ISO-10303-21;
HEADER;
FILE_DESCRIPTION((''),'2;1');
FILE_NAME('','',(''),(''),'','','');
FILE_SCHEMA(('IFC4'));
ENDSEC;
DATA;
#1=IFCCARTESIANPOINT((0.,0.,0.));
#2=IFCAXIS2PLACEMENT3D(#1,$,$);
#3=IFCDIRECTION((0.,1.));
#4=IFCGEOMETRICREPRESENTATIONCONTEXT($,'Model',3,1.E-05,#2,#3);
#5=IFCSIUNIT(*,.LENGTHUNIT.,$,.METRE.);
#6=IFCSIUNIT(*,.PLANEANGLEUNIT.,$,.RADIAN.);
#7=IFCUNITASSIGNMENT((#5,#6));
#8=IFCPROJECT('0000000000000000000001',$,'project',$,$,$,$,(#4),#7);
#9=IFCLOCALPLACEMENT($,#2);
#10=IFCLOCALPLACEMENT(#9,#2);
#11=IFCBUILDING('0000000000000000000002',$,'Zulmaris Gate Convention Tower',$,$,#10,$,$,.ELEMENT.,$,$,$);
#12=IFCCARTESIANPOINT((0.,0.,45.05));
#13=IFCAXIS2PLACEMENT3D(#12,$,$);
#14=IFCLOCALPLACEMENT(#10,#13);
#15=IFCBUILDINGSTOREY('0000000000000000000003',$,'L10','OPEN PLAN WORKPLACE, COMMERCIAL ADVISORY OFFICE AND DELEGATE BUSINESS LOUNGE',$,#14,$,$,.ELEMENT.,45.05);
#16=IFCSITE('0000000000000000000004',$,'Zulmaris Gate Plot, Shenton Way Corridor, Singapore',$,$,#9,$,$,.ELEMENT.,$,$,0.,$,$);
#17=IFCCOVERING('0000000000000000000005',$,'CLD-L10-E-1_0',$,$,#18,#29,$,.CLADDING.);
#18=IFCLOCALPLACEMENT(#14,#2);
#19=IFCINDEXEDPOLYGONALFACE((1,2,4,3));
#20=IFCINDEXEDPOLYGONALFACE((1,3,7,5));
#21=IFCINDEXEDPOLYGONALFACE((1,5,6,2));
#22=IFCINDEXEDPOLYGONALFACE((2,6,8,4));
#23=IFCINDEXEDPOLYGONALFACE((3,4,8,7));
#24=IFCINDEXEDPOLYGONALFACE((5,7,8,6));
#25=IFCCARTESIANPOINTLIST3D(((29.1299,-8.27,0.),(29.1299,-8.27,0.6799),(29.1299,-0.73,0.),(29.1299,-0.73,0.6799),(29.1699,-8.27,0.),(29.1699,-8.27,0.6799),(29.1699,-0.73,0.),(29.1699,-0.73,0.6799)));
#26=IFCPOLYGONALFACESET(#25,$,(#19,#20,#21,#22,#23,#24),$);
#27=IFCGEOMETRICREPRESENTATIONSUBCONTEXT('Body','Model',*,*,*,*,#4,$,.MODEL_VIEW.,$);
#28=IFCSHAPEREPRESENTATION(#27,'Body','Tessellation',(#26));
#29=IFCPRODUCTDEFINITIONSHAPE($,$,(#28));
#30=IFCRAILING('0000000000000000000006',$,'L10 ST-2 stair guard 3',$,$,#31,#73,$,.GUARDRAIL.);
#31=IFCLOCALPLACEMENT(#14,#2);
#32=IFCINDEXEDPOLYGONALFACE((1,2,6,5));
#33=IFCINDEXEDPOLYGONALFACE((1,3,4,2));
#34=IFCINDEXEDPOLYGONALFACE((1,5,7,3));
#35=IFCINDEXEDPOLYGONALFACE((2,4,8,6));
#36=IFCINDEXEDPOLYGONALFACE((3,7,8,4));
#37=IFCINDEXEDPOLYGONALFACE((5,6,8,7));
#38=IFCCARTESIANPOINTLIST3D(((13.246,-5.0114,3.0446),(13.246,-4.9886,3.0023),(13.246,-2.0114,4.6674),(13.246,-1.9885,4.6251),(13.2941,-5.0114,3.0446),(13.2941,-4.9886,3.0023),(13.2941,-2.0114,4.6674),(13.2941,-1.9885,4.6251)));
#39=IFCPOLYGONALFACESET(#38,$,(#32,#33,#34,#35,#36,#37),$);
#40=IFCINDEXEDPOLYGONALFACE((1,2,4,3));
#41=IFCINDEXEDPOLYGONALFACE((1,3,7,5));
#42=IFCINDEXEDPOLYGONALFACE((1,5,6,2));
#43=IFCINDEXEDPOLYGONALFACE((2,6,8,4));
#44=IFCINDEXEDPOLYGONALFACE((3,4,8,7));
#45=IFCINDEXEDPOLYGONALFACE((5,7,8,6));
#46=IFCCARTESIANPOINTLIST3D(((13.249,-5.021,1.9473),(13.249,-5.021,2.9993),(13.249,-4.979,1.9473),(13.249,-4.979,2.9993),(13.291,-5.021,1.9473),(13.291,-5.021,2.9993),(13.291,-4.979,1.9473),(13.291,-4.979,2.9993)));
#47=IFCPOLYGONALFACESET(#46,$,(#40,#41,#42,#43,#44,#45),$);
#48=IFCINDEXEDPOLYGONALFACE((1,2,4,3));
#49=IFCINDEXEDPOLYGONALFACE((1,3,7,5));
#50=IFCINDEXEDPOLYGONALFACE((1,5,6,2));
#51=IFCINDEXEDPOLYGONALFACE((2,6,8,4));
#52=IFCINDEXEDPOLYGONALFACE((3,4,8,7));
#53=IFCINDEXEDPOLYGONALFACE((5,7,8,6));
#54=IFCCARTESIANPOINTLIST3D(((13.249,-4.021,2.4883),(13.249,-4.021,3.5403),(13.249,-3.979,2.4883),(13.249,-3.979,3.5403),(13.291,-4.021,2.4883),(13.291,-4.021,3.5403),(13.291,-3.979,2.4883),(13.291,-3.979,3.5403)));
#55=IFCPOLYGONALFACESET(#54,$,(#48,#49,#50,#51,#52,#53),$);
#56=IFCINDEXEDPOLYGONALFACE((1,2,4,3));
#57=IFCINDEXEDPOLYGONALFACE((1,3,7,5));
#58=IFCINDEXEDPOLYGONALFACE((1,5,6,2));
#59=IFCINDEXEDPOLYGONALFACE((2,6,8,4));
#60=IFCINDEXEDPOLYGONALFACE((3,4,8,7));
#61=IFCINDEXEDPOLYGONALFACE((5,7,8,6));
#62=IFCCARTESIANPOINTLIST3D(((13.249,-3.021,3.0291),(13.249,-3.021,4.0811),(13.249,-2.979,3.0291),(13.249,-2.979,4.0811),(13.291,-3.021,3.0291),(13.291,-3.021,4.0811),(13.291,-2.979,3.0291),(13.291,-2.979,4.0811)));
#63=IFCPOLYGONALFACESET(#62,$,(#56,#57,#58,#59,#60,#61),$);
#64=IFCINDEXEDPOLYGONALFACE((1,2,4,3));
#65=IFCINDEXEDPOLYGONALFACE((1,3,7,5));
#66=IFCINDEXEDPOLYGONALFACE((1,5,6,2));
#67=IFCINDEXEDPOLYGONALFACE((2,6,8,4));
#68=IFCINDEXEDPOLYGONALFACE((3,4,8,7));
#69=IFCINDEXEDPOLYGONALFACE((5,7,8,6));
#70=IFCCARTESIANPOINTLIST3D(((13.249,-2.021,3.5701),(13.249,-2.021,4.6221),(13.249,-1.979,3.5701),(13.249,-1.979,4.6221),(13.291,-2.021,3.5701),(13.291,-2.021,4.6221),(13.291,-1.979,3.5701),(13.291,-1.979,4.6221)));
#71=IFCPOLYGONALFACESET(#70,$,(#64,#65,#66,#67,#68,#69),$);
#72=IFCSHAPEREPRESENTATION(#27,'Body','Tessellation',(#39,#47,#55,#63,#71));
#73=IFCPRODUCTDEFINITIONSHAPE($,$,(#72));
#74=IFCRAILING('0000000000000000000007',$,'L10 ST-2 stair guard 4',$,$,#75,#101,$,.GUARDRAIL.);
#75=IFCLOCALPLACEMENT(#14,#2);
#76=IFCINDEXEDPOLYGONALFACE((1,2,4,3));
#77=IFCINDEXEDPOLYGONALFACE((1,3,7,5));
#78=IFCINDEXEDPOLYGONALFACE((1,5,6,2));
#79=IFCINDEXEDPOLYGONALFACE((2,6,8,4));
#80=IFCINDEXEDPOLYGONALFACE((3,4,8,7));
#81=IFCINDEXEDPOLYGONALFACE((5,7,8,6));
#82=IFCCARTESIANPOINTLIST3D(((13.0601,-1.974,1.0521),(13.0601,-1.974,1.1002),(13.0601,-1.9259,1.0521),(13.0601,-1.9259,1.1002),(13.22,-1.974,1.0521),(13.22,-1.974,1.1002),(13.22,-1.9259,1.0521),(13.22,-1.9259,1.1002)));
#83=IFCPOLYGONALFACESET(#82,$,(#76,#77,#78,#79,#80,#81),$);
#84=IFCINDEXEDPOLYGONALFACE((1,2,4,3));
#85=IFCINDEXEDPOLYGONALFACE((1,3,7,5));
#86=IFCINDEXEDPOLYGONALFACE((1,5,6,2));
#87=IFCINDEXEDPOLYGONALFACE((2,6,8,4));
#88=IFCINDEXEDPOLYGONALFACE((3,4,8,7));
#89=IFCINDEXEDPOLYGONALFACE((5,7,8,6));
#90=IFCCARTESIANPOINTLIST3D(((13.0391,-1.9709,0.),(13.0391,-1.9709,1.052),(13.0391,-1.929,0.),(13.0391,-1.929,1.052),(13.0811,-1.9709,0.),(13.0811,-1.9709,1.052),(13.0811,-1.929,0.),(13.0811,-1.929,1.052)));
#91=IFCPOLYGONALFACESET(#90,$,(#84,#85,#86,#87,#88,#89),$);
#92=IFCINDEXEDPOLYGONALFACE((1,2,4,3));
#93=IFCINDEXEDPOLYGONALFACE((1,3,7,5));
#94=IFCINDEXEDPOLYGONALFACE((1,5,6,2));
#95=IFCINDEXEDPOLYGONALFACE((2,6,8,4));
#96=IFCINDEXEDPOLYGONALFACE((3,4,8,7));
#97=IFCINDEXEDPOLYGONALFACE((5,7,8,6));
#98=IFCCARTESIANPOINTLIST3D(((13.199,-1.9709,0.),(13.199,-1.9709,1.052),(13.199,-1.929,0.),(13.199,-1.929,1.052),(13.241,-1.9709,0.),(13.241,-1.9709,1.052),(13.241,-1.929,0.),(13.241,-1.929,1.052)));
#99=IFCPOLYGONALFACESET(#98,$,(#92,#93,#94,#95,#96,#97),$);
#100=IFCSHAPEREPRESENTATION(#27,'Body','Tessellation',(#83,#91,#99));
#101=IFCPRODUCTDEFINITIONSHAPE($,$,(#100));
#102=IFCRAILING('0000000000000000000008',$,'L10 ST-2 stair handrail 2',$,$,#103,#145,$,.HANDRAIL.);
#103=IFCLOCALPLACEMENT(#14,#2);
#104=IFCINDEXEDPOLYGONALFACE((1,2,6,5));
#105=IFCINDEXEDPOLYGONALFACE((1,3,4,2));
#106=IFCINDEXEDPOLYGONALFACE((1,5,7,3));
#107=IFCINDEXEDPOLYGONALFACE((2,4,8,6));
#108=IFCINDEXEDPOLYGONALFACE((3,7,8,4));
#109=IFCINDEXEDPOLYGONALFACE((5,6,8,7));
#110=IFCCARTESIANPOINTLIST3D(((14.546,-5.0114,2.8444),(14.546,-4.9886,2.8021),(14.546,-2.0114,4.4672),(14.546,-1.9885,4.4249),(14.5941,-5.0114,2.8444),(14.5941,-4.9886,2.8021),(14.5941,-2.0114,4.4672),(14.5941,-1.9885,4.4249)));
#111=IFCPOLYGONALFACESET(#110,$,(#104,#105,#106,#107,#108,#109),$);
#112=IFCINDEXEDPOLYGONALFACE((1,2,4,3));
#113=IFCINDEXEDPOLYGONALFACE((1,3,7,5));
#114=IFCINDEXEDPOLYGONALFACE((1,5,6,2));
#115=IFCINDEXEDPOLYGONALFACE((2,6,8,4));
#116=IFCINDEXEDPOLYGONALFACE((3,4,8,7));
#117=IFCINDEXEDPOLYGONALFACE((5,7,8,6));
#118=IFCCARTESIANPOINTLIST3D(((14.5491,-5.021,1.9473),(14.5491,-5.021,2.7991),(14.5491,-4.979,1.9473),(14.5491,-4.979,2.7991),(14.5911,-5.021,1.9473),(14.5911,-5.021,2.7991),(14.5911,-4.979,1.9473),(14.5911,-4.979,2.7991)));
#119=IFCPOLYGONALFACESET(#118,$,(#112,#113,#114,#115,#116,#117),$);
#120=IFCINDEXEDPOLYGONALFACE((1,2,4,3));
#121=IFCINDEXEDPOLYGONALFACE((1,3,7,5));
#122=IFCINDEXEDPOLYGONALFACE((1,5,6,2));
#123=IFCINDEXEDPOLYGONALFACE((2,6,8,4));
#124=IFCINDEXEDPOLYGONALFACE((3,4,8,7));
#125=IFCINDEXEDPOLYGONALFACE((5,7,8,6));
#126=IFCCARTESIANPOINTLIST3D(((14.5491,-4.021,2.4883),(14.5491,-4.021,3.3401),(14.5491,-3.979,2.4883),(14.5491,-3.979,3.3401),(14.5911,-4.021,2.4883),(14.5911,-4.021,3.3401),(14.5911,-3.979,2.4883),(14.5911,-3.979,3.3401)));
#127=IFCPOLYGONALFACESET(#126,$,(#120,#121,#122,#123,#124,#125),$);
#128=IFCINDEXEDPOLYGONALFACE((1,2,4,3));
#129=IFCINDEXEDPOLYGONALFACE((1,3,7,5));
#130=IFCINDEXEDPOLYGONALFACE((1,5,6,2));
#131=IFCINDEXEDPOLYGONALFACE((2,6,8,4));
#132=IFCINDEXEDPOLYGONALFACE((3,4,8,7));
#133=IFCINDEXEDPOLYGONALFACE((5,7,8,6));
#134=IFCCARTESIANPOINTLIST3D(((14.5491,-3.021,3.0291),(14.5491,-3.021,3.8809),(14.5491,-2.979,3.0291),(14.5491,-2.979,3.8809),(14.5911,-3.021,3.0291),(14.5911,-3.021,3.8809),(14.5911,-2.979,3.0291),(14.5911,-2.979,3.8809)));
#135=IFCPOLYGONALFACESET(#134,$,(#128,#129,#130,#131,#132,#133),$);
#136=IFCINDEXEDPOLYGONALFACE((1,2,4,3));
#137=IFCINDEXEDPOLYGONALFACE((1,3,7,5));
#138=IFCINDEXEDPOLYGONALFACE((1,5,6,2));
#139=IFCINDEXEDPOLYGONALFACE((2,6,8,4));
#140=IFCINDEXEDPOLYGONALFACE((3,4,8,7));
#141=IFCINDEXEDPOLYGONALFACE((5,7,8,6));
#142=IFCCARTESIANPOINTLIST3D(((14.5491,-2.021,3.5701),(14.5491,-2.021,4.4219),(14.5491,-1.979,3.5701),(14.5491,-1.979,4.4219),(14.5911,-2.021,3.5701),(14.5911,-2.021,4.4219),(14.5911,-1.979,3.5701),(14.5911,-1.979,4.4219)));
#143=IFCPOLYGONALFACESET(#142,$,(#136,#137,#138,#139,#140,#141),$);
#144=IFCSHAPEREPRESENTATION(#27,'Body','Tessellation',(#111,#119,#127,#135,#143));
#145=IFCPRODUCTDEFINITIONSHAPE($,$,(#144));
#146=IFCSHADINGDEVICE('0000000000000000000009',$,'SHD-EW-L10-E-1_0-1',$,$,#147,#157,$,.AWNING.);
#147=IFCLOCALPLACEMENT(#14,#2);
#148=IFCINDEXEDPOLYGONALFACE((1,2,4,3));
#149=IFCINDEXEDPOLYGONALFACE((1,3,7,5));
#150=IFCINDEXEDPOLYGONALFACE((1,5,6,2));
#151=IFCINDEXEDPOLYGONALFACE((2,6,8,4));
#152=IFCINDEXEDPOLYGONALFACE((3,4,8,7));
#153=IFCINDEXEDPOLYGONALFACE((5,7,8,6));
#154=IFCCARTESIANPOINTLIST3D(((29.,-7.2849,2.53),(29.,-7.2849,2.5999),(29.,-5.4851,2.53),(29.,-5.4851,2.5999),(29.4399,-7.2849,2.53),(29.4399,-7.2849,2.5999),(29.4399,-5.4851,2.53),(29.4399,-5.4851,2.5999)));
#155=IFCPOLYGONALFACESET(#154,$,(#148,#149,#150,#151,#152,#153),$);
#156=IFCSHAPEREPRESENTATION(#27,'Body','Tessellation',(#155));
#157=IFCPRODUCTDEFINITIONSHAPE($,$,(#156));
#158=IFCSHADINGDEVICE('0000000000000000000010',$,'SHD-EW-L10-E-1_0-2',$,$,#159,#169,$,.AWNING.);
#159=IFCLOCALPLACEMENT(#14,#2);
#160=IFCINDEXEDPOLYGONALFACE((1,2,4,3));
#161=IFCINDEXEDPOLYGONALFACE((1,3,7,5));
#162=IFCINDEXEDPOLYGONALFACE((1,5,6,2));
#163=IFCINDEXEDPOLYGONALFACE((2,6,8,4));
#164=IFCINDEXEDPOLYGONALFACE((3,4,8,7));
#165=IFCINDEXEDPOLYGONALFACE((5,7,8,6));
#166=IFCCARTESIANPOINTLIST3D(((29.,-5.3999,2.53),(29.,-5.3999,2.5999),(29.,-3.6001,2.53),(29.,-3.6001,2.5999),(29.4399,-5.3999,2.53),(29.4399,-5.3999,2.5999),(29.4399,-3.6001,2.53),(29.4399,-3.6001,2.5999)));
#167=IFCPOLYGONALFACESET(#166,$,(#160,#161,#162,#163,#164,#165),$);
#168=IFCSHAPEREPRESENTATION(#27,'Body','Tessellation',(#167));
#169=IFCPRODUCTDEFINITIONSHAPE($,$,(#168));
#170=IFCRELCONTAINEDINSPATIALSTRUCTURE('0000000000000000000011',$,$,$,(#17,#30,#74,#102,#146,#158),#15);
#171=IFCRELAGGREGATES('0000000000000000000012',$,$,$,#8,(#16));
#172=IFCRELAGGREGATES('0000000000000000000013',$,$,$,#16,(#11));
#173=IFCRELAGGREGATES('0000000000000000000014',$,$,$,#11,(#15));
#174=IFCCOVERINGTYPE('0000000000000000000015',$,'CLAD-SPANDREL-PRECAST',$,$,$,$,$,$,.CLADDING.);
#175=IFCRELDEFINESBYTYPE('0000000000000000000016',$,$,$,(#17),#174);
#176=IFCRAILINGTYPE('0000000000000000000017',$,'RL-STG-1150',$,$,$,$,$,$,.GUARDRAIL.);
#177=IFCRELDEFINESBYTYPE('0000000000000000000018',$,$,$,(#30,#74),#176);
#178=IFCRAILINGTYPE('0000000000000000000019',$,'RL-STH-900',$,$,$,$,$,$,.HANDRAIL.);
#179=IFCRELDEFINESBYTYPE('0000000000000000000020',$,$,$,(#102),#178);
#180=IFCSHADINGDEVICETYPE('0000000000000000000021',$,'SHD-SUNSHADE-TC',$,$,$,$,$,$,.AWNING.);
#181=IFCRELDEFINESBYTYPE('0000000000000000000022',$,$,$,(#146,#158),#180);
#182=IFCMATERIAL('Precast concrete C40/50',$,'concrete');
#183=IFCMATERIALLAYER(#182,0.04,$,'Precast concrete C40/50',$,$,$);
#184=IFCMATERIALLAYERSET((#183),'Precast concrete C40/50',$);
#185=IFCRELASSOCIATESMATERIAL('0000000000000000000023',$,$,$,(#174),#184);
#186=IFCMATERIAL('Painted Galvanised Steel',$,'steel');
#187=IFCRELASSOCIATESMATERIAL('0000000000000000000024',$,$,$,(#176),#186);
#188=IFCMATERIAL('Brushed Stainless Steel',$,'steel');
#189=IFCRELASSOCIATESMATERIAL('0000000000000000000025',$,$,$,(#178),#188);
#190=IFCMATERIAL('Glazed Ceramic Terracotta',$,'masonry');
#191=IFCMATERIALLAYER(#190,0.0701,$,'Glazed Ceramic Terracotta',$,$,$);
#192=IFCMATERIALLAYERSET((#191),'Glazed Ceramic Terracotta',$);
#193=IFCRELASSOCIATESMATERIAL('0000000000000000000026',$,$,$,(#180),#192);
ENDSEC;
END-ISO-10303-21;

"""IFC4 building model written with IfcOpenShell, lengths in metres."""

from ifc_helpers import new_model, si_unit, direction, frame, frame_2d, origin, origin_2d, place, context, subcontext, project, spatial, rectangle, extrude, material, layer, layer_set, type_object, element, save


model = new_model("IFC4")

# Units and contexts
model_context = context("Model", 3, precision=1e-05, world=origin(), true_north=direction((0.0, 1.0)))
body_context = subcontext(model_context, "Body", "Model", "MODEL_VIEW")
ifc_project = project(units=[si_unit("LENGTHUNIT", "METRE"), si_unit("PLANEANGLEUNIT", "RADIAN")], contexts=[model_context])

# Site, building, storey
site_placement = place(None, origin())
site = spatial("IfcSite", under=ifc_project, at=site_placement, Name="Zulmaris Gate Plot, Shenton Way Corridor, Singapore", CompositionType="ELEMENT", RefElevation=0.0)
building_placement = place(site_placement, origin())
building = spatial("IfcBuilding", under=site, at=building_placement, Name="Zulmaris Gate Convention Tower", CompositionType="ELEMENT")
storey_placement = place(building_placement, frame((0.0, 0.0, 45.05)))
storey = spatial("IfcBuildingStorey", under=building, at=storey_placement, Name="L10", Description="OPEN PLAN WORKPLACE, COMMERCIAL ADVISORY OFFICE AND DELEGATE BUSINESS LOUNGE", CompositionType="ELEMENT", Elevation=45.05)

# Shared definitions
ifc_material_1 = material(Name="Precast concrete C40/50", Category="concrete")

# Covering
ifc_layer_1 = layer(ifc_material_1, 0.04, Name="Precast concrete C40/50")
ifc_layer_set_1 = layer_set([ifc_layer_1], Name="Precast concrete C40/50")
covering_type = type_object("IfcCoveringType", Name="CLAD-SPANDREL-PRECAST", PredefinedType="CLADDING", material=ifc_layer_set_1)
covering_placement = place(storey_placement, frame((29.1499, -8.27, 0.0), z_axis=(0.0, 0.0, 1.0), x_axis=(0.0, 1.0, 0.0)))
element("IfcCovering", 1, at=covering_placement, inside=storey, type_object=covering_type, Name="CLD-L10-E-1_0", PredefinedType="CLADDING", context=body_context, shape_type="SweptSolid", body=[
    extrude(rectangle(XDim=7.54, YDim=0.04, at=frame_2d((3.77, 0.0))), origin(), (0.0, 0.0, 1.0), 0.6799),
])

# Railings
ifc_material_2 = material(Name="Painted Galvanised Steel", Category="steel")
railing_type_1 = type_object("IfcRailingType", Name="RL-STG-1150", PredefinedType="GUARDRAIL", material=ifc_material_2)
railing_1_placement = place(storey_placement, frame((13.27, -5.0, 1.9473)))
element("IfcRailing", 2, at=railing_1_placement, inside=storey, type_object=railing_type_1, Name="L10 ST-2 stair guard 3", PredefinedType="GUARDRAIL", context=body_context, shape_type="SweptSolid", body=[
    extrude(rectangle(XDim=0.0481, YDim=0.0481, at=origin_2d()), frame((0.0, 0.0, 1.0762), z_axis=(0.0, 0.879562, 0.475785), x_axis=(-1.0, 0.0, 0.0)), (0.0, 0.0, 1.0), 3.4109),
    extrude(rectangle(XDim=0.042, YDim=0.042, at=origin_2d()), origin(), (0.0, 0.0, 1.0), 1.052),
    extrude(rectangle(XDim=0.042, YDim=0.042, at=origin_2d()), frame((0.0, 1.0, 0.541)), (0.0, 0.0, 1.0), 1.052),
    extrude(rectangle(XDim=0.042, YDim=0.042, at=origin_2d()), frame((0.0, 2.0, 1.0818)), (0.0, 0.0, 1.0), 1.052),
    extrude(rectangle(XDim=0.042, YDim=0.042, at=origin_2d()), frame((0.0, 3.0, 1.6228)), (0.0, 0.0, 1.0), 1.052),
])
railing_2_placement = place(storey_placement, frame((13.0601, -1.95, 0.0)))
element("IfcRailing", 3, at=railing_2_placement, inside=storey, type_object=railing_type_1, Name="L10 ST-2 stair guard 4", PredefinedType="GUARDRAIL", context=body_context, shape_type="SweptSolid", body=[
    extrude(rectangle(XDim=0.0481, YDim=0.0481, at=origin_2d()), frame((0.0, 0.0, 1.0762), z_axis=(1.0, 0.0, 0.0), x_axis=(0.0, 1.0, 0.0)), (0.0, 0.0, 1.0), 0.1599),
    extrude(rectangle(XDim=0.042, YDim=0.042, at=origin_2d()), origin(), (0.0, 0.0, 1.0), 1.052),
    extrude(rectangle(XDim=0.042, YDim=0.042, at=origin_2d()), frame((0.1599, 0.0, 0.0)), (0.0, 0.0, 1.0), 1.052),
])
ifc_material_3 = material(Name="Brushed Stainless Steel", Category="steel")
railing_type_2 = type_object("IfcRailingType", Name="RL-STH-900", PredefinedType="HANDRAIL", material=ifc_material_3)
railing_3_placement = place(storey_placement, frame((14.5701, -5.0, 1.9473)))
element("IfcRailing", 4, at=railing_3_placement, inside=storey, type_object=railing_type_2, Name="L10 ST-2 stair handrail 2", PredefinedType="HANDRAIL", context=body_context, shape_type="SweptSolid", body=[
    extrude(rectangle(XDim=0.0481, YDim=0.0481, at=origin_2d()), frame((0.0, 0.0, 0.876), z_axis=(0.0, 0.879562, 0.475785), x_axis=(-1.0, 0.0, 0.0)), (0.0, 0.0, 1.0), 3.4109),
    extrude(rectangle(XDim=0.042, YDim=0.042, at=origin_2d()), origin(), (0.0, 0.0, 1.0), 0.8518),
    extrude(rectangle(XDim=0.042, YDim=0.042, at=origin_2d()), frame((0.0, 1.0, 0.541)), (0.0, 0.0, 1.0), 0.8518),
    extrude(rectangle(XDim=0.042, YDim=0.042, at=origin_2d()), frame((0.0, 2.0, 1.0818)), (0.0, 0.0, 1.0), 0.8518),
    extrude(rectangle(XDim=0.042, YDim=0.042, at=origin_2d()), frame((0.0, 3.0, 1.6228)), (0.0, 0.0, 1.0), 0.8518),
])

# Shading devices
ifc_material_4 = material(Name="Glazed Ceramic Terracotta", Category="masonry")
ifc_layer_2 = layer(ifc_material_4, 0.0701, Name="Glazed Ceramic Terracotta")
ifc_layer_set_2 = layer_set([ifc_layer_2], Name="Glazed Ceramic Terracotta")
shading_device_type = type_object("IfcShadingDeviceType", Name="SHD-SUNSHADE-TC", PredefinedType="AWNING", material=ifc_layer_set_2)
for number, where, z_axis, x_axis, name in (
    (5, (29.22, -7.2849, 2.53), (0.0, 0.0, 1.0), (0.0, 1.0, 0.0), "SHD-EW-L10-E-1_0-1"),
    (6, (29.22, -5.3999, 2.53), (0.0, 0.0, 1.0), (0.0, 1.0, 0.0), "SHD-EW-L10-E-1_0-2"),
):
    element("IfcShadingDevice", number, at=place(storey_placement, frame(where, z_axis=z_axis, x_axis=x_axis)), inside=storey, type_object=shading_device_type, Name=name, PredefinedType="AWNING", context=body_context, shape_type="SweptSolid", body=[
        extrude(rectangle(XDim=1.7998, YDim=0.4399, at=frame_2d((0.8999, 0.0))), origin(), (0.0, 0.0, 1.0), 0.0698),
    ])

save(model, "model.ifc")
